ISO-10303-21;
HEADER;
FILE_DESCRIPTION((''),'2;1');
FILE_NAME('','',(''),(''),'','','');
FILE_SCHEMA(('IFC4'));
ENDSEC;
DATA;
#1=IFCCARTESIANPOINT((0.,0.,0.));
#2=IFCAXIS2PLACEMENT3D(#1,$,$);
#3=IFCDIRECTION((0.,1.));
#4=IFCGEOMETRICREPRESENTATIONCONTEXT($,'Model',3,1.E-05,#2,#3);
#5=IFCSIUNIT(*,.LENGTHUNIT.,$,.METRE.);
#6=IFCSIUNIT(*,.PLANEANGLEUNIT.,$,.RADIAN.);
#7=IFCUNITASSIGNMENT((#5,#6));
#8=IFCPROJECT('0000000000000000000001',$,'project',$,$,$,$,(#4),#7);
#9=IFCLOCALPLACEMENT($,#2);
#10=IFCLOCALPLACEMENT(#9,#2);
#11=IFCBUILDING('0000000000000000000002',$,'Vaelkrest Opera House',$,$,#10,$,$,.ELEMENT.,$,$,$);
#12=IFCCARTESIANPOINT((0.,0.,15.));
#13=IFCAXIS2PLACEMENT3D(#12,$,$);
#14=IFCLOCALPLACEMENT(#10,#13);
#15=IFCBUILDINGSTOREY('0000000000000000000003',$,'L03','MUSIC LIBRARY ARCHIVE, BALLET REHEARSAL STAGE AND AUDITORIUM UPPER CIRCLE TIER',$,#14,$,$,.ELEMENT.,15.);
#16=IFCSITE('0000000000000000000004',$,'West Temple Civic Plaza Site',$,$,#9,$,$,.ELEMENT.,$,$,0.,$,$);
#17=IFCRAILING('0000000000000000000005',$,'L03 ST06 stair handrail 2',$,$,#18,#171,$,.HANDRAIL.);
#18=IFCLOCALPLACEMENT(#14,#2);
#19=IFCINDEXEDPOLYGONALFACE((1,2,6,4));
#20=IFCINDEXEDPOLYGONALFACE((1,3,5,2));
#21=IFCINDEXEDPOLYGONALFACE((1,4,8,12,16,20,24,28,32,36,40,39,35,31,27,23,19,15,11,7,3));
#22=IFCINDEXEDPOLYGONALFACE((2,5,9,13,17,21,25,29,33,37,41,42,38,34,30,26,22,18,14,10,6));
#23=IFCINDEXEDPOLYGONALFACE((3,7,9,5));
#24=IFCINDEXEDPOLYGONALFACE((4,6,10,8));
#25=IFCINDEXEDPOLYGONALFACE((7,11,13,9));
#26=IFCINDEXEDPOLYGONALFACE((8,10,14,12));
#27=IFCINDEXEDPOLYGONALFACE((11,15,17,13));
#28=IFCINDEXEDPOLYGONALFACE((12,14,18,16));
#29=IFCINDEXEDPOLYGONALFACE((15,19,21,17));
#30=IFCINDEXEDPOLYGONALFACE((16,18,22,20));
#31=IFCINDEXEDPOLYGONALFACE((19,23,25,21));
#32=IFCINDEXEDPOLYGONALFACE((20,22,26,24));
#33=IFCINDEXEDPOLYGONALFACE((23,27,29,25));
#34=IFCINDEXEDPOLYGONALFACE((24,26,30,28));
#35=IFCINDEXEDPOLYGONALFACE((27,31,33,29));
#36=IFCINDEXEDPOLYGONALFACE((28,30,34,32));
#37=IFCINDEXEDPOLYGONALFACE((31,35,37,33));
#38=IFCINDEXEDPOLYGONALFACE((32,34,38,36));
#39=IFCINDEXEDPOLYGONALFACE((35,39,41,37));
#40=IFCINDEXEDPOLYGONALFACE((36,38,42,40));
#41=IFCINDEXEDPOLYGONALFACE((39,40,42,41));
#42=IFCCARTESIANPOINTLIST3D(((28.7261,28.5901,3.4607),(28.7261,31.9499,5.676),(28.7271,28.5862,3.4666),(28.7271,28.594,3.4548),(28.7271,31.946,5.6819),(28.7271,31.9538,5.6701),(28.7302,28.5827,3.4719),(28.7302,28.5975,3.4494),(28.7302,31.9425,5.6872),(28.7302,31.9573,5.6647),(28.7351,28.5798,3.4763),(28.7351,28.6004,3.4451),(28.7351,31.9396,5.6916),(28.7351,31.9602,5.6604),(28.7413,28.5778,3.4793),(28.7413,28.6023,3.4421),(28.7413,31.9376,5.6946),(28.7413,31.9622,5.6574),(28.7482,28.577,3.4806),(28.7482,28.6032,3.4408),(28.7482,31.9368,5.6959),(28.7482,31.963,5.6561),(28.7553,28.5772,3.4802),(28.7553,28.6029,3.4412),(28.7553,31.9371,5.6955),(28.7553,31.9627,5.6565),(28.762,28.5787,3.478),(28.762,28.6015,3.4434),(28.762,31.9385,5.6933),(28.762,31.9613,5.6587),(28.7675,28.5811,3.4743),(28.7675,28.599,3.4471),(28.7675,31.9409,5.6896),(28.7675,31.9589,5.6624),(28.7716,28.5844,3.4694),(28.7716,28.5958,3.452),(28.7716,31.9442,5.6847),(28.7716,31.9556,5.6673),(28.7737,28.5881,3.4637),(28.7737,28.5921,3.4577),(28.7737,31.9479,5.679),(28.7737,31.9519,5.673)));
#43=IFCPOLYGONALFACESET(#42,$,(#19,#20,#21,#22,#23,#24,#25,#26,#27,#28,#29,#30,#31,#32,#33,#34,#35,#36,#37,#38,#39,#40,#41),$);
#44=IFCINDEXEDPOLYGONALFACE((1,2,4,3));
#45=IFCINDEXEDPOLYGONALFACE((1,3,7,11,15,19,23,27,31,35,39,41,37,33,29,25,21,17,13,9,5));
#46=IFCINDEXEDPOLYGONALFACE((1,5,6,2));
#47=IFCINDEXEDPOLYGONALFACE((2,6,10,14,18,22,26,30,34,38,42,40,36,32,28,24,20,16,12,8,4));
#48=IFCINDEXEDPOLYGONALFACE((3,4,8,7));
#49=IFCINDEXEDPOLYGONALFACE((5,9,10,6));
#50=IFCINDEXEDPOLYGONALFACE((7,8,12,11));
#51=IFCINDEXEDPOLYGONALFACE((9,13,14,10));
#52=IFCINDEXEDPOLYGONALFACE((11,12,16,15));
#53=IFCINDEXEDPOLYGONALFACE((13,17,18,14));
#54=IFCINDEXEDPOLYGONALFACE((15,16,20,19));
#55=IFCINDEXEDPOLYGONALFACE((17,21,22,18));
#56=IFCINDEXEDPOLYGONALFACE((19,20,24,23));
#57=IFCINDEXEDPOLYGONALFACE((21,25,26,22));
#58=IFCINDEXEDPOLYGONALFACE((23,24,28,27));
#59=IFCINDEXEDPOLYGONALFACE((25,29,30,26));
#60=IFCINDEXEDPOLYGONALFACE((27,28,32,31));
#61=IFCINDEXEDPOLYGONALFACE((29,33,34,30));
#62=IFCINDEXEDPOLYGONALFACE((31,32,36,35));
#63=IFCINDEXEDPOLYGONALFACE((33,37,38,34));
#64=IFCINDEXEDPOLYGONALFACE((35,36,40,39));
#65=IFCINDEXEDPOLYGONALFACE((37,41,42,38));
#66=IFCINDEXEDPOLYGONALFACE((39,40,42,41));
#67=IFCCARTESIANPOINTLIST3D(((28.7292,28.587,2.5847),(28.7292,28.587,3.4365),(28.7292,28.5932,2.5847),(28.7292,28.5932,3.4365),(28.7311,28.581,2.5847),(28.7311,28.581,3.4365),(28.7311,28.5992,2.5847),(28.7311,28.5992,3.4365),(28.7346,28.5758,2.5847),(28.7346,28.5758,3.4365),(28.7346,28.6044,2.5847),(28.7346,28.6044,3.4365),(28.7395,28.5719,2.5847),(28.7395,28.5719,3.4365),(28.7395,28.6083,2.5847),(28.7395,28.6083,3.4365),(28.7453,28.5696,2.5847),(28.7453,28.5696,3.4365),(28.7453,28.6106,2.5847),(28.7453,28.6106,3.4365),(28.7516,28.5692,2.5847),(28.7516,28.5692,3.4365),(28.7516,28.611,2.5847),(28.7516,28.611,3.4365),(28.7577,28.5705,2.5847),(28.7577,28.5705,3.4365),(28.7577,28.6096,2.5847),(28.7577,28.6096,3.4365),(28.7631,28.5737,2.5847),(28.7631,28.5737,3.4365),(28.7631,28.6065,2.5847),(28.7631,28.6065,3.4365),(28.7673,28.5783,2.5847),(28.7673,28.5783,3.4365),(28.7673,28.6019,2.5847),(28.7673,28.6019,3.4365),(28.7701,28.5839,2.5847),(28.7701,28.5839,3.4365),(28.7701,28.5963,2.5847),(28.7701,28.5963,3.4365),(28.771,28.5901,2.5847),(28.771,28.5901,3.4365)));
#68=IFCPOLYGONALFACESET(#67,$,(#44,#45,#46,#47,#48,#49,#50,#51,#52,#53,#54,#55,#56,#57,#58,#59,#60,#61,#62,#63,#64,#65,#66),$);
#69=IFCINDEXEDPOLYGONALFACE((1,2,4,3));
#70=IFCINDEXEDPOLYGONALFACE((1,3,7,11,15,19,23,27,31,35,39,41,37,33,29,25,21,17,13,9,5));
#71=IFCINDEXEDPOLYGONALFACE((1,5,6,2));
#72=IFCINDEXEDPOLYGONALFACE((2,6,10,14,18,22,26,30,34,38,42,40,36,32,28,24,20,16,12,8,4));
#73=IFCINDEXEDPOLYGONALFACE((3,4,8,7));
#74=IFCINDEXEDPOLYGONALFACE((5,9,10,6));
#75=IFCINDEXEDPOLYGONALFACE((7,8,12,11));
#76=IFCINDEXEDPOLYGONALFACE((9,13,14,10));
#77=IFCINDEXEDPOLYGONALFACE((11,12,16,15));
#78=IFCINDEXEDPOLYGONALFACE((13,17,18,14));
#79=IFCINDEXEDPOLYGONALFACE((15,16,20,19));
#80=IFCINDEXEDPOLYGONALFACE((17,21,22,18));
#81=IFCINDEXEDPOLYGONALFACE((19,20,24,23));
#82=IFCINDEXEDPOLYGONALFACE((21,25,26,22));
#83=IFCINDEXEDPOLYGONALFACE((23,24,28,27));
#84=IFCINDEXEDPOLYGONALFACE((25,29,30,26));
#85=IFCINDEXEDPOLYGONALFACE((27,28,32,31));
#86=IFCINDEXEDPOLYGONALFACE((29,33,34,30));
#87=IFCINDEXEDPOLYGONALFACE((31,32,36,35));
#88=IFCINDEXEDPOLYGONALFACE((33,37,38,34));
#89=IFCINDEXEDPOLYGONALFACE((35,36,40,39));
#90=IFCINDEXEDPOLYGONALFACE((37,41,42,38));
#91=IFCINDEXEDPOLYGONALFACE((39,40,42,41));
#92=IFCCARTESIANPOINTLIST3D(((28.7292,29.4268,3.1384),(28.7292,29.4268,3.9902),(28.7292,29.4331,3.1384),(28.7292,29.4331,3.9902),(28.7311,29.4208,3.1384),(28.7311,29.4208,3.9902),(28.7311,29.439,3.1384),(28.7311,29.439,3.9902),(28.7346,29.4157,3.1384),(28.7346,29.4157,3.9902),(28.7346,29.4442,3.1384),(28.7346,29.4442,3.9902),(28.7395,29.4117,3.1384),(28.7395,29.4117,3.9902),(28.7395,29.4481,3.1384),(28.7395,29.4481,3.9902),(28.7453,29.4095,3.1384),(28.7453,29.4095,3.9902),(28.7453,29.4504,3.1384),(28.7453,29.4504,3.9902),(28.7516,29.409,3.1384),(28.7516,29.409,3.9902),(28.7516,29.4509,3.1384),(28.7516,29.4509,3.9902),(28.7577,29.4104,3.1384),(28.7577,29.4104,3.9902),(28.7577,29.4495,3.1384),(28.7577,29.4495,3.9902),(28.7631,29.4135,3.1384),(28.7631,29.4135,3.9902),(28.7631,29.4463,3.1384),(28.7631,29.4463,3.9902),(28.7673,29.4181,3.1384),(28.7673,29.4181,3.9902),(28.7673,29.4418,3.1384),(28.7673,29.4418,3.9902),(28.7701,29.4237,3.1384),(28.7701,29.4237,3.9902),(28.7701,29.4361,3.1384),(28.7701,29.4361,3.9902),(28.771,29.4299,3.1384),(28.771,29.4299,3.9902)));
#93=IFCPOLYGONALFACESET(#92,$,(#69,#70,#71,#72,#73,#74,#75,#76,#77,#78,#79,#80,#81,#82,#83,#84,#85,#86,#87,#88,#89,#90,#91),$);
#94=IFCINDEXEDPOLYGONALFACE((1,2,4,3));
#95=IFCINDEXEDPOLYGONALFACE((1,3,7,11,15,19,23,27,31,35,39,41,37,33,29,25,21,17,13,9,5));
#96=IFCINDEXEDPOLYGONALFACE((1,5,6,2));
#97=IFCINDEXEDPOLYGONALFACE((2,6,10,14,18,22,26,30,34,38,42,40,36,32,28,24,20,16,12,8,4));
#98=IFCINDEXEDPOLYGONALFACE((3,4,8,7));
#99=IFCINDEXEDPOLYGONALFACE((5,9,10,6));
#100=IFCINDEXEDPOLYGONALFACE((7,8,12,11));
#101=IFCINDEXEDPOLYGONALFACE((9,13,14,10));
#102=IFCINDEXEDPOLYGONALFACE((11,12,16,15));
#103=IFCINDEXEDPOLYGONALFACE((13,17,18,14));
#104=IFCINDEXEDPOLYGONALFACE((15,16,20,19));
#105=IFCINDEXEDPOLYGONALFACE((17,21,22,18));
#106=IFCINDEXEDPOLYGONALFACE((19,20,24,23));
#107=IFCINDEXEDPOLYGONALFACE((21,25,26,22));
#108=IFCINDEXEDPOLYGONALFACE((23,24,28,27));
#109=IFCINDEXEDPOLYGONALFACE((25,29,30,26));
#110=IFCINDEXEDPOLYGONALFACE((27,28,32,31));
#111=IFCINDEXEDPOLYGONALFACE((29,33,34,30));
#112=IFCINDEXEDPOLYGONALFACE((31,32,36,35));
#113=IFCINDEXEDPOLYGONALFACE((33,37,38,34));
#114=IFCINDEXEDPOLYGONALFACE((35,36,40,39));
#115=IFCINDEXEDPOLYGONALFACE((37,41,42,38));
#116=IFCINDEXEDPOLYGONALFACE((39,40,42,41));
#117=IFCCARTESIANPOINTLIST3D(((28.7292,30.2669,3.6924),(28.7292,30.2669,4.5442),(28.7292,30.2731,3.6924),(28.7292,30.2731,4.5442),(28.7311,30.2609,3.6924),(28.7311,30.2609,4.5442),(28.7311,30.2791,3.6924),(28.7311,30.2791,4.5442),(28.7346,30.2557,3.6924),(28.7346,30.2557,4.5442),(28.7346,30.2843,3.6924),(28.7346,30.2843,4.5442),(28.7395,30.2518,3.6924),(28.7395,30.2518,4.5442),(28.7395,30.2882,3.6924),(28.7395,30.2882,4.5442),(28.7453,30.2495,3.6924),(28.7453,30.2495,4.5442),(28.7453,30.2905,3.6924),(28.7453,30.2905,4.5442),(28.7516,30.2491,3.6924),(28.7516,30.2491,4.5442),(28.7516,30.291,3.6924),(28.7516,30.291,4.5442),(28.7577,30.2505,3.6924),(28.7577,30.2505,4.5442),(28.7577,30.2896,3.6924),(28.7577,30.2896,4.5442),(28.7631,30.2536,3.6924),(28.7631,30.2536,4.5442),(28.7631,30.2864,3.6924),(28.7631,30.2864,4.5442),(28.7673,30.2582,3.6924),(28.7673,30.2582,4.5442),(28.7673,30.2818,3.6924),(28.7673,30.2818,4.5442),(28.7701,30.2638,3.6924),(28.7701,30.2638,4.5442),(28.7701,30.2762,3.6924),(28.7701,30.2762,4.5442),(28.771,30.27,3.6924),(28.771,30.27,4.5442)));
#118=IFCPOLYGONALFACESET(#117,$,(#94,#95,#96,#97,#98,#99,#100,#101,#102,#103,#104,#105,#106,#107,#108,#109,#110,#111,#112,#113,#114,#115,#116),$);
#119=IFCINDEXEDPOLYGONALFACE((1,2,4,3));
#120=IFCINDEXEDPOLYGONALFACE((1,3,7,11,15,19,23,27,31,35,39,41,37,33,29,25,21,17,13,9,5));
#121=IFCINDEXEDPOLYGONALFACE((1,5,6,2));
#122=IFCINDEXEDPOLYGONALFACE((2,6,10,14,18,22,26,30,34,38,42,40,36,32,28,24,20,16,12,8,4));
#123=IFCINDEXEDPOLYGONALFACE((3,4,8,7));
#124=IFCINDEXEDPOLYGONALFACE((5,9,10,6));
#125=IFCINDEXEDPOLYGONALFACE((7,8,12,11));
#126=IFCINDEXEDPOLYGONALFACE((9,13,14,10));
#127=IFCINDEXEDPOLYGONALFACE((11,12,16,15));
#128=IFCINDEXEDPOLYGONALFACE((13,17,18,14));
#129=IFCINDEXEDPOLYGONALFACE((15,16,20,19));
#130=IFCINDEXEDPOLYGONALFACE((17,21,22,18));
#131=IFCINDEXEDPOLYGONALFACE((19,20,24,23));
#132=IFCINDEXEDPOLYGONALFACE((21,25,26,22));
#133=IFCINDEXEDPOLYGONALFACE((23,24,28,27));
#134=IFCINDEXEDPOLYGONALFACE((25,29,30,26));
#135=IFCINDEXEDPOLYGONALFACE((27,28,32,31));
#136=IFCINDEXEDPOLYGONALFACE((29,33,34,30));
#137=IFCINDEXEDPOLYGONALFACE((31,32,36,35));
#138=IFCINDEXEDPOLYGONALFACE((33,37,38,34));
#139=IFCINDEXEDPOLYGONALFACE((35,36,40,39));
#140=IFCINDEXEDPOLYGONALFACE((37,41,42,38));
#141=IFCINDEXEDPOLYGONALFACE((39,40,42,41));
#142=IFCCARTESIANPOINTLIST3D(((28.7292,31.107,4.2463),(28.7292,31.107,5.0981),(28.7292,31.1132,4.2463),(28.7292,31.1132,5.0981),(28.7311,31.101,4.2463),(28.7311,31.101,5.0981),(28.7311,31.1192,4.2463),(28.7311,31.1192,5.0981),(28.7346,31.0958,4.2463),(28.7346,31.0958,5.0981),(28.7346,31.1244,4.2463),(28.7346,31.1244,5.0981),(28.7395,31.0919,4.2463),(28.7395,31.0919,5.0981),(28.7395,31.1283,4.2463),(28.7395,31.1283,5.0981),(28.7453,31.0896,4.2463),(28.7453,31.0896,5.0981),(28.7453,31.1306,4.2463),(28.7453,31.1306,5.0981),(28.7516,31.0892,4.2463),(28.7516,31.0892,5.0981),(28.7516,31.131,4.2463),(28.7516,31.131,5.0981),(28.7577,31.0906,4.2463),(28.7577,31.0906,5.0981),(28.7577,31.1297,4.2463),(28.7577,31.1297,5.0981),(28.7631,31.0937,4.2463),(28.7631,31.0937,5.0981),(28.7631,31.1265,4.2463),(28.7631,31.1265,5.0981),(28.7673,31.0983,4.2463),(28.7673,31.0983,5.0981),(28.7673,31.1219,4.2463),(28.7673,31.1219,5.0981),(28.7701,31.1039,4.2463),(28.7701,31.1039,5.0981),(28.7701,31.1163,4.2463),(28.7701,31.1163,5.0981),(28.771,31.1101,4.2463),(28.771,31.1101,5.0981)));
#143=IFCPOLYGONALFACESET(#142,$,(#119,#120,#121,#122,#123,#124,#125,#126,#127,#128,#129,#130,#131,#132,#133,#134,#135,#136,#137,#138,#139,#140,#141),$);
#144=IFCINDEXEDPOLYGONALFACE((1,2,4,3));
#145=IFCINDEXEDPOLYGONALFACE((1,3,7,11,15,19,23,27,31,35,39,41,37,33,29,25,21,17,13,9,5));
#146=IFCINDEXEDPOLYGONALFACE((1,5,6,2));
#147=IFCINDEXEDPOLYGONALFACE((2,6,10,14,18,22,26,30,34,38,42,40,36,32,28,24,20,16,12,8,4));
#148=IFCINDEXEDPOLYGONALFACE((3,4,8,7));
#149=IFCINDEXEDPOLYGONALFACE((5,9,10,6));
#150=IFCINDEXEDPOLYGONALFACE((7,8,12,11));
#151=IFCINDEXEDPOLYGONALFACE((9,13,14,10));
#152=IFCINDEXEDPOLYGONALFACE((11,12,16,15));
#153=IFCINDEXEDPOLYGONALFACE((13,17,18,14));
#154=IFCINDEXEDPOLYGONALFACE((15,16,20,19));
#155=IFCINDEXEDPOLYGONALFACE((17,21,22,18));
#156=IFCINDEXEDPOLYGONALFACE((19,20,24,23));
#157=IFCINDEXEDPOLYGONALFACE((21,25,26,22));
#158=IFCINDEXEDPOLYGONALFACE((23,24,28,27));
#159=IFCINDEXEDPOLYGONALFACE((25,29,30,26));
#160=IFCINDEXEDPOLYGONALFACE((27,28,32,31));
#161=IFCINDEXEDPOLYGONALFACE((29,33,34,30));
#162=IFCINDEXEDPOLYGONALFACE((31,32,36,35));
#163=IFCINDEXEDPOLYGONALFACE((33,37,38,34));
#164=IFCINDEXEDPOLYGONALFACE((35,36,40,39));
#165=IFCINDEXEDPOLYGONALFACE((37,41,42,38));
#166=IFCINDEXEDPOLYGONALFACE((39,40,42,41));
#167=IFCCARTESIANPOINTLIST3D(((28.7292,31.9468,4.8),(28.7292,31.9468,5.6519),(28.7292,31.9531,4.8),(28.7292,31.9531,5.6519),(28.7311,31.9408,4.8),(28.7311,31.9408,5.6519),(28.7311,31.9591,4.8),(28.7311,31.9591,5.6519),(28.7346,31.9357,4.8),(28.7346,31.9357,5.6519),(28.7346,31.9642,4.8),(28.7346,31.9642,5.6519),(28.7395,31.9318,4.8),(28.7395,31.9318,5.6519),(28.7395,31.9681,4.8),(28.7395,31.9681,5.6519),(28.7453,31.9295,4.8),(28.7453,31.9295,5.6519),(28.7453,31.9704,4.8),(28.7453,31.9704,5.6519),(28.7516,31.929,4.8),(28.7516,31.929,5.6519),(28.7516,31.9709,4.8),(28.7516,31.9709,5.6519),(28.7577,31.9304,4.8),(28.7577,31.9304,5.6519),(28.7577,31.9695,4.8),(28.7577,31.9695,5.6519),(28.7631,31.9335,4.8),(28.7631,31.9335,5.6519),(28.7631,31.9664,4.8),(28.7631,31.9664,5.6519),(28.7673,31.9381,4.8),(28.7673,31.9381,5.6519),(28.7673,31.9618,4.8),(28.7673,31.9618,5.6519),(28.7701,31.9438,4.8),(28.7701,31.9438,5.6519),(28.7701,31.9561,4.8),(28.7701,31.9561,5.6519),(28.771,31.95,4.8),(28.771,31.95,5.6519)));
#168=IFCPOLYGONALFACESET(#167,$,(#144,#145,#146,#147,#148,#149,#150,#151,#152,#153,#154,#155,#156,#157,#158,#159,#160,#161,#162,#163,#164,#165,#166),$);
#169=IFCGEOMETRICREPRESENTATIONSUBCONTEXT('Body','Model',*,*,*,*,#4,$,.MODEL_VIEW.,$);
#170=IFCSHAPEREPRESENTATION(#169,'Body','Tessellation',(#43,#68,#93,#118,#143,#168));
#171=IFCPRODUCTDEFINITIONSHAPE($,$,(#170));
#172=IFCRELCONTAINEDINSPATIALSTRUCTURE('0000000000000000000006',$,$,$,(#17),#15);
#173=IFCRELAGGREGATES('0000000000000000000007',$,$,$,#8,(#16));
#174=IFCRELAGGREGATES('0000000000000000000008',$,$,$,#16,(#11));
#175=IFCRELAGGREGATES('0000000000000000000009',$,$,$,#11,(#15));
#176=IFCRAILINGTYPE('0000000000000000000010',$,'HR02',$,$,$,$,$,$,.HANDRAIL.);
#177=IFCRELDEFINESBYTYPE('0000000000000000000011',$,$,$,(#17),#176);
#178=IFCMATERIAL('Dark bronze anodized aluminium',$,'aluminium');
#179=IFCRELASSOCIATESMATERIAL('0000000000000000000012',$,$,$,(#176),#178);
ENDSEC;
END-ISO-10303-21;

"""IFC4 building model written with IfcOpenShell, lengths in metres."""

from ifc_helpers import new_model, si_unit, direction, frame, origin, origin_2d, place, context, subcontext, project, spatial, circle, extrude, material, type_object, element, save


model = new_model("IFC4")

# Units and contexts
model_context = context("Model", 3, precision=1e-05, world=origin(), true_north=direction((0.0, 1.0)))
body_context = subcontext(model_context, "Body", "Model", "MODEL_VIEW")
ifc_project = project(units=[si_unit("LENGTHUNIT", "METRE"), si_unit("PLANEANGLEUNIT", "RADIAN")], contexts=[model_context])

# Site, building, storey
site_placement = place(None, origin())
site = spatial("IfcSite", under=ifc_project, at=site_placement, Name="West Temple Civic Plaza Site", CompositionType="ELEMENT", RefElevation=0.0)
building_placement = place(site_placement, origin())
building = spatial("IfcBuilding", under=site, at=building_placement, Name="Vaelkrest Opera House", CompositionType="ELEMENT")
storey_placement = place(building_placement, frame((0.0, 0.0, 15.0)))
storey = spatial("IfcBuildingStorey", under=building, at=storey_placement, Name="L03", Description="MUSIC LIBRARY ARCHIVE, BALLET REHEARSAL STAGE AND AUDITORIUM UPPER CIRCLE TIER", CompositionType="ELEMENT", Elevation=15.0)

# Railing
ifc_material_1 = material(Name="Dark bronze anodized aluminium", Category="aluminium")
railing_type_1 = type_object("IfcRailingType", Name="HR02", PredefinedType="HANDRAIL", material=ifc_material_1)
railing_1_placement = place(storey_placement, frame((28.75, 28.5901, 2.5847)))
element("IfcRailing", 1, at=railing_1_placement, inside=storey, type_object=railing_type_1, Name="L03 ST06 stair handrail 2", PredefinedType="HANDRAIL", context=body_context, shape_type="SweptSolid", body=[
    extrude(circle(Radius=0.0239, at=origin_2d()), frame((0.0, 0.0, 0.876), z_axis=(0.0, 0.834858, 0.550465), x_axis=(-1.0, 0.0, 0.0)), (0.0, 0.0, 1.0), 4.0244),
    extrude(circle(Radius=0.021, at=origin_2d()), origin(), (0.0, 0.0, 1.0), 0.8518),
    extrude(circle(Radius=0.021, at=origin_2d()), frame((0.0, 0.8398, 0.5537)), (0.0, 0.0, 1.0), 0.8518),
    extrude(circle(Radius=0.021, at=origin_2d()), frame((0.0, 1.6799, 1.1077)), (0.0, 0.0, 1.0), 0.8518),
    extrude(circle(Radius=0.021, at=origin_2d()), frame((0.0, 2.52, 1.6616)), (0.0, 0.0, 1.0), 0.8518),
    extrude(circle(Radius=0.021, at=origin_2d()), frame((0.0, 3.3599, 2.2153)), (0.0, 0.0, 1.0), 0.8518),
])

save(model, "model.ifc")
